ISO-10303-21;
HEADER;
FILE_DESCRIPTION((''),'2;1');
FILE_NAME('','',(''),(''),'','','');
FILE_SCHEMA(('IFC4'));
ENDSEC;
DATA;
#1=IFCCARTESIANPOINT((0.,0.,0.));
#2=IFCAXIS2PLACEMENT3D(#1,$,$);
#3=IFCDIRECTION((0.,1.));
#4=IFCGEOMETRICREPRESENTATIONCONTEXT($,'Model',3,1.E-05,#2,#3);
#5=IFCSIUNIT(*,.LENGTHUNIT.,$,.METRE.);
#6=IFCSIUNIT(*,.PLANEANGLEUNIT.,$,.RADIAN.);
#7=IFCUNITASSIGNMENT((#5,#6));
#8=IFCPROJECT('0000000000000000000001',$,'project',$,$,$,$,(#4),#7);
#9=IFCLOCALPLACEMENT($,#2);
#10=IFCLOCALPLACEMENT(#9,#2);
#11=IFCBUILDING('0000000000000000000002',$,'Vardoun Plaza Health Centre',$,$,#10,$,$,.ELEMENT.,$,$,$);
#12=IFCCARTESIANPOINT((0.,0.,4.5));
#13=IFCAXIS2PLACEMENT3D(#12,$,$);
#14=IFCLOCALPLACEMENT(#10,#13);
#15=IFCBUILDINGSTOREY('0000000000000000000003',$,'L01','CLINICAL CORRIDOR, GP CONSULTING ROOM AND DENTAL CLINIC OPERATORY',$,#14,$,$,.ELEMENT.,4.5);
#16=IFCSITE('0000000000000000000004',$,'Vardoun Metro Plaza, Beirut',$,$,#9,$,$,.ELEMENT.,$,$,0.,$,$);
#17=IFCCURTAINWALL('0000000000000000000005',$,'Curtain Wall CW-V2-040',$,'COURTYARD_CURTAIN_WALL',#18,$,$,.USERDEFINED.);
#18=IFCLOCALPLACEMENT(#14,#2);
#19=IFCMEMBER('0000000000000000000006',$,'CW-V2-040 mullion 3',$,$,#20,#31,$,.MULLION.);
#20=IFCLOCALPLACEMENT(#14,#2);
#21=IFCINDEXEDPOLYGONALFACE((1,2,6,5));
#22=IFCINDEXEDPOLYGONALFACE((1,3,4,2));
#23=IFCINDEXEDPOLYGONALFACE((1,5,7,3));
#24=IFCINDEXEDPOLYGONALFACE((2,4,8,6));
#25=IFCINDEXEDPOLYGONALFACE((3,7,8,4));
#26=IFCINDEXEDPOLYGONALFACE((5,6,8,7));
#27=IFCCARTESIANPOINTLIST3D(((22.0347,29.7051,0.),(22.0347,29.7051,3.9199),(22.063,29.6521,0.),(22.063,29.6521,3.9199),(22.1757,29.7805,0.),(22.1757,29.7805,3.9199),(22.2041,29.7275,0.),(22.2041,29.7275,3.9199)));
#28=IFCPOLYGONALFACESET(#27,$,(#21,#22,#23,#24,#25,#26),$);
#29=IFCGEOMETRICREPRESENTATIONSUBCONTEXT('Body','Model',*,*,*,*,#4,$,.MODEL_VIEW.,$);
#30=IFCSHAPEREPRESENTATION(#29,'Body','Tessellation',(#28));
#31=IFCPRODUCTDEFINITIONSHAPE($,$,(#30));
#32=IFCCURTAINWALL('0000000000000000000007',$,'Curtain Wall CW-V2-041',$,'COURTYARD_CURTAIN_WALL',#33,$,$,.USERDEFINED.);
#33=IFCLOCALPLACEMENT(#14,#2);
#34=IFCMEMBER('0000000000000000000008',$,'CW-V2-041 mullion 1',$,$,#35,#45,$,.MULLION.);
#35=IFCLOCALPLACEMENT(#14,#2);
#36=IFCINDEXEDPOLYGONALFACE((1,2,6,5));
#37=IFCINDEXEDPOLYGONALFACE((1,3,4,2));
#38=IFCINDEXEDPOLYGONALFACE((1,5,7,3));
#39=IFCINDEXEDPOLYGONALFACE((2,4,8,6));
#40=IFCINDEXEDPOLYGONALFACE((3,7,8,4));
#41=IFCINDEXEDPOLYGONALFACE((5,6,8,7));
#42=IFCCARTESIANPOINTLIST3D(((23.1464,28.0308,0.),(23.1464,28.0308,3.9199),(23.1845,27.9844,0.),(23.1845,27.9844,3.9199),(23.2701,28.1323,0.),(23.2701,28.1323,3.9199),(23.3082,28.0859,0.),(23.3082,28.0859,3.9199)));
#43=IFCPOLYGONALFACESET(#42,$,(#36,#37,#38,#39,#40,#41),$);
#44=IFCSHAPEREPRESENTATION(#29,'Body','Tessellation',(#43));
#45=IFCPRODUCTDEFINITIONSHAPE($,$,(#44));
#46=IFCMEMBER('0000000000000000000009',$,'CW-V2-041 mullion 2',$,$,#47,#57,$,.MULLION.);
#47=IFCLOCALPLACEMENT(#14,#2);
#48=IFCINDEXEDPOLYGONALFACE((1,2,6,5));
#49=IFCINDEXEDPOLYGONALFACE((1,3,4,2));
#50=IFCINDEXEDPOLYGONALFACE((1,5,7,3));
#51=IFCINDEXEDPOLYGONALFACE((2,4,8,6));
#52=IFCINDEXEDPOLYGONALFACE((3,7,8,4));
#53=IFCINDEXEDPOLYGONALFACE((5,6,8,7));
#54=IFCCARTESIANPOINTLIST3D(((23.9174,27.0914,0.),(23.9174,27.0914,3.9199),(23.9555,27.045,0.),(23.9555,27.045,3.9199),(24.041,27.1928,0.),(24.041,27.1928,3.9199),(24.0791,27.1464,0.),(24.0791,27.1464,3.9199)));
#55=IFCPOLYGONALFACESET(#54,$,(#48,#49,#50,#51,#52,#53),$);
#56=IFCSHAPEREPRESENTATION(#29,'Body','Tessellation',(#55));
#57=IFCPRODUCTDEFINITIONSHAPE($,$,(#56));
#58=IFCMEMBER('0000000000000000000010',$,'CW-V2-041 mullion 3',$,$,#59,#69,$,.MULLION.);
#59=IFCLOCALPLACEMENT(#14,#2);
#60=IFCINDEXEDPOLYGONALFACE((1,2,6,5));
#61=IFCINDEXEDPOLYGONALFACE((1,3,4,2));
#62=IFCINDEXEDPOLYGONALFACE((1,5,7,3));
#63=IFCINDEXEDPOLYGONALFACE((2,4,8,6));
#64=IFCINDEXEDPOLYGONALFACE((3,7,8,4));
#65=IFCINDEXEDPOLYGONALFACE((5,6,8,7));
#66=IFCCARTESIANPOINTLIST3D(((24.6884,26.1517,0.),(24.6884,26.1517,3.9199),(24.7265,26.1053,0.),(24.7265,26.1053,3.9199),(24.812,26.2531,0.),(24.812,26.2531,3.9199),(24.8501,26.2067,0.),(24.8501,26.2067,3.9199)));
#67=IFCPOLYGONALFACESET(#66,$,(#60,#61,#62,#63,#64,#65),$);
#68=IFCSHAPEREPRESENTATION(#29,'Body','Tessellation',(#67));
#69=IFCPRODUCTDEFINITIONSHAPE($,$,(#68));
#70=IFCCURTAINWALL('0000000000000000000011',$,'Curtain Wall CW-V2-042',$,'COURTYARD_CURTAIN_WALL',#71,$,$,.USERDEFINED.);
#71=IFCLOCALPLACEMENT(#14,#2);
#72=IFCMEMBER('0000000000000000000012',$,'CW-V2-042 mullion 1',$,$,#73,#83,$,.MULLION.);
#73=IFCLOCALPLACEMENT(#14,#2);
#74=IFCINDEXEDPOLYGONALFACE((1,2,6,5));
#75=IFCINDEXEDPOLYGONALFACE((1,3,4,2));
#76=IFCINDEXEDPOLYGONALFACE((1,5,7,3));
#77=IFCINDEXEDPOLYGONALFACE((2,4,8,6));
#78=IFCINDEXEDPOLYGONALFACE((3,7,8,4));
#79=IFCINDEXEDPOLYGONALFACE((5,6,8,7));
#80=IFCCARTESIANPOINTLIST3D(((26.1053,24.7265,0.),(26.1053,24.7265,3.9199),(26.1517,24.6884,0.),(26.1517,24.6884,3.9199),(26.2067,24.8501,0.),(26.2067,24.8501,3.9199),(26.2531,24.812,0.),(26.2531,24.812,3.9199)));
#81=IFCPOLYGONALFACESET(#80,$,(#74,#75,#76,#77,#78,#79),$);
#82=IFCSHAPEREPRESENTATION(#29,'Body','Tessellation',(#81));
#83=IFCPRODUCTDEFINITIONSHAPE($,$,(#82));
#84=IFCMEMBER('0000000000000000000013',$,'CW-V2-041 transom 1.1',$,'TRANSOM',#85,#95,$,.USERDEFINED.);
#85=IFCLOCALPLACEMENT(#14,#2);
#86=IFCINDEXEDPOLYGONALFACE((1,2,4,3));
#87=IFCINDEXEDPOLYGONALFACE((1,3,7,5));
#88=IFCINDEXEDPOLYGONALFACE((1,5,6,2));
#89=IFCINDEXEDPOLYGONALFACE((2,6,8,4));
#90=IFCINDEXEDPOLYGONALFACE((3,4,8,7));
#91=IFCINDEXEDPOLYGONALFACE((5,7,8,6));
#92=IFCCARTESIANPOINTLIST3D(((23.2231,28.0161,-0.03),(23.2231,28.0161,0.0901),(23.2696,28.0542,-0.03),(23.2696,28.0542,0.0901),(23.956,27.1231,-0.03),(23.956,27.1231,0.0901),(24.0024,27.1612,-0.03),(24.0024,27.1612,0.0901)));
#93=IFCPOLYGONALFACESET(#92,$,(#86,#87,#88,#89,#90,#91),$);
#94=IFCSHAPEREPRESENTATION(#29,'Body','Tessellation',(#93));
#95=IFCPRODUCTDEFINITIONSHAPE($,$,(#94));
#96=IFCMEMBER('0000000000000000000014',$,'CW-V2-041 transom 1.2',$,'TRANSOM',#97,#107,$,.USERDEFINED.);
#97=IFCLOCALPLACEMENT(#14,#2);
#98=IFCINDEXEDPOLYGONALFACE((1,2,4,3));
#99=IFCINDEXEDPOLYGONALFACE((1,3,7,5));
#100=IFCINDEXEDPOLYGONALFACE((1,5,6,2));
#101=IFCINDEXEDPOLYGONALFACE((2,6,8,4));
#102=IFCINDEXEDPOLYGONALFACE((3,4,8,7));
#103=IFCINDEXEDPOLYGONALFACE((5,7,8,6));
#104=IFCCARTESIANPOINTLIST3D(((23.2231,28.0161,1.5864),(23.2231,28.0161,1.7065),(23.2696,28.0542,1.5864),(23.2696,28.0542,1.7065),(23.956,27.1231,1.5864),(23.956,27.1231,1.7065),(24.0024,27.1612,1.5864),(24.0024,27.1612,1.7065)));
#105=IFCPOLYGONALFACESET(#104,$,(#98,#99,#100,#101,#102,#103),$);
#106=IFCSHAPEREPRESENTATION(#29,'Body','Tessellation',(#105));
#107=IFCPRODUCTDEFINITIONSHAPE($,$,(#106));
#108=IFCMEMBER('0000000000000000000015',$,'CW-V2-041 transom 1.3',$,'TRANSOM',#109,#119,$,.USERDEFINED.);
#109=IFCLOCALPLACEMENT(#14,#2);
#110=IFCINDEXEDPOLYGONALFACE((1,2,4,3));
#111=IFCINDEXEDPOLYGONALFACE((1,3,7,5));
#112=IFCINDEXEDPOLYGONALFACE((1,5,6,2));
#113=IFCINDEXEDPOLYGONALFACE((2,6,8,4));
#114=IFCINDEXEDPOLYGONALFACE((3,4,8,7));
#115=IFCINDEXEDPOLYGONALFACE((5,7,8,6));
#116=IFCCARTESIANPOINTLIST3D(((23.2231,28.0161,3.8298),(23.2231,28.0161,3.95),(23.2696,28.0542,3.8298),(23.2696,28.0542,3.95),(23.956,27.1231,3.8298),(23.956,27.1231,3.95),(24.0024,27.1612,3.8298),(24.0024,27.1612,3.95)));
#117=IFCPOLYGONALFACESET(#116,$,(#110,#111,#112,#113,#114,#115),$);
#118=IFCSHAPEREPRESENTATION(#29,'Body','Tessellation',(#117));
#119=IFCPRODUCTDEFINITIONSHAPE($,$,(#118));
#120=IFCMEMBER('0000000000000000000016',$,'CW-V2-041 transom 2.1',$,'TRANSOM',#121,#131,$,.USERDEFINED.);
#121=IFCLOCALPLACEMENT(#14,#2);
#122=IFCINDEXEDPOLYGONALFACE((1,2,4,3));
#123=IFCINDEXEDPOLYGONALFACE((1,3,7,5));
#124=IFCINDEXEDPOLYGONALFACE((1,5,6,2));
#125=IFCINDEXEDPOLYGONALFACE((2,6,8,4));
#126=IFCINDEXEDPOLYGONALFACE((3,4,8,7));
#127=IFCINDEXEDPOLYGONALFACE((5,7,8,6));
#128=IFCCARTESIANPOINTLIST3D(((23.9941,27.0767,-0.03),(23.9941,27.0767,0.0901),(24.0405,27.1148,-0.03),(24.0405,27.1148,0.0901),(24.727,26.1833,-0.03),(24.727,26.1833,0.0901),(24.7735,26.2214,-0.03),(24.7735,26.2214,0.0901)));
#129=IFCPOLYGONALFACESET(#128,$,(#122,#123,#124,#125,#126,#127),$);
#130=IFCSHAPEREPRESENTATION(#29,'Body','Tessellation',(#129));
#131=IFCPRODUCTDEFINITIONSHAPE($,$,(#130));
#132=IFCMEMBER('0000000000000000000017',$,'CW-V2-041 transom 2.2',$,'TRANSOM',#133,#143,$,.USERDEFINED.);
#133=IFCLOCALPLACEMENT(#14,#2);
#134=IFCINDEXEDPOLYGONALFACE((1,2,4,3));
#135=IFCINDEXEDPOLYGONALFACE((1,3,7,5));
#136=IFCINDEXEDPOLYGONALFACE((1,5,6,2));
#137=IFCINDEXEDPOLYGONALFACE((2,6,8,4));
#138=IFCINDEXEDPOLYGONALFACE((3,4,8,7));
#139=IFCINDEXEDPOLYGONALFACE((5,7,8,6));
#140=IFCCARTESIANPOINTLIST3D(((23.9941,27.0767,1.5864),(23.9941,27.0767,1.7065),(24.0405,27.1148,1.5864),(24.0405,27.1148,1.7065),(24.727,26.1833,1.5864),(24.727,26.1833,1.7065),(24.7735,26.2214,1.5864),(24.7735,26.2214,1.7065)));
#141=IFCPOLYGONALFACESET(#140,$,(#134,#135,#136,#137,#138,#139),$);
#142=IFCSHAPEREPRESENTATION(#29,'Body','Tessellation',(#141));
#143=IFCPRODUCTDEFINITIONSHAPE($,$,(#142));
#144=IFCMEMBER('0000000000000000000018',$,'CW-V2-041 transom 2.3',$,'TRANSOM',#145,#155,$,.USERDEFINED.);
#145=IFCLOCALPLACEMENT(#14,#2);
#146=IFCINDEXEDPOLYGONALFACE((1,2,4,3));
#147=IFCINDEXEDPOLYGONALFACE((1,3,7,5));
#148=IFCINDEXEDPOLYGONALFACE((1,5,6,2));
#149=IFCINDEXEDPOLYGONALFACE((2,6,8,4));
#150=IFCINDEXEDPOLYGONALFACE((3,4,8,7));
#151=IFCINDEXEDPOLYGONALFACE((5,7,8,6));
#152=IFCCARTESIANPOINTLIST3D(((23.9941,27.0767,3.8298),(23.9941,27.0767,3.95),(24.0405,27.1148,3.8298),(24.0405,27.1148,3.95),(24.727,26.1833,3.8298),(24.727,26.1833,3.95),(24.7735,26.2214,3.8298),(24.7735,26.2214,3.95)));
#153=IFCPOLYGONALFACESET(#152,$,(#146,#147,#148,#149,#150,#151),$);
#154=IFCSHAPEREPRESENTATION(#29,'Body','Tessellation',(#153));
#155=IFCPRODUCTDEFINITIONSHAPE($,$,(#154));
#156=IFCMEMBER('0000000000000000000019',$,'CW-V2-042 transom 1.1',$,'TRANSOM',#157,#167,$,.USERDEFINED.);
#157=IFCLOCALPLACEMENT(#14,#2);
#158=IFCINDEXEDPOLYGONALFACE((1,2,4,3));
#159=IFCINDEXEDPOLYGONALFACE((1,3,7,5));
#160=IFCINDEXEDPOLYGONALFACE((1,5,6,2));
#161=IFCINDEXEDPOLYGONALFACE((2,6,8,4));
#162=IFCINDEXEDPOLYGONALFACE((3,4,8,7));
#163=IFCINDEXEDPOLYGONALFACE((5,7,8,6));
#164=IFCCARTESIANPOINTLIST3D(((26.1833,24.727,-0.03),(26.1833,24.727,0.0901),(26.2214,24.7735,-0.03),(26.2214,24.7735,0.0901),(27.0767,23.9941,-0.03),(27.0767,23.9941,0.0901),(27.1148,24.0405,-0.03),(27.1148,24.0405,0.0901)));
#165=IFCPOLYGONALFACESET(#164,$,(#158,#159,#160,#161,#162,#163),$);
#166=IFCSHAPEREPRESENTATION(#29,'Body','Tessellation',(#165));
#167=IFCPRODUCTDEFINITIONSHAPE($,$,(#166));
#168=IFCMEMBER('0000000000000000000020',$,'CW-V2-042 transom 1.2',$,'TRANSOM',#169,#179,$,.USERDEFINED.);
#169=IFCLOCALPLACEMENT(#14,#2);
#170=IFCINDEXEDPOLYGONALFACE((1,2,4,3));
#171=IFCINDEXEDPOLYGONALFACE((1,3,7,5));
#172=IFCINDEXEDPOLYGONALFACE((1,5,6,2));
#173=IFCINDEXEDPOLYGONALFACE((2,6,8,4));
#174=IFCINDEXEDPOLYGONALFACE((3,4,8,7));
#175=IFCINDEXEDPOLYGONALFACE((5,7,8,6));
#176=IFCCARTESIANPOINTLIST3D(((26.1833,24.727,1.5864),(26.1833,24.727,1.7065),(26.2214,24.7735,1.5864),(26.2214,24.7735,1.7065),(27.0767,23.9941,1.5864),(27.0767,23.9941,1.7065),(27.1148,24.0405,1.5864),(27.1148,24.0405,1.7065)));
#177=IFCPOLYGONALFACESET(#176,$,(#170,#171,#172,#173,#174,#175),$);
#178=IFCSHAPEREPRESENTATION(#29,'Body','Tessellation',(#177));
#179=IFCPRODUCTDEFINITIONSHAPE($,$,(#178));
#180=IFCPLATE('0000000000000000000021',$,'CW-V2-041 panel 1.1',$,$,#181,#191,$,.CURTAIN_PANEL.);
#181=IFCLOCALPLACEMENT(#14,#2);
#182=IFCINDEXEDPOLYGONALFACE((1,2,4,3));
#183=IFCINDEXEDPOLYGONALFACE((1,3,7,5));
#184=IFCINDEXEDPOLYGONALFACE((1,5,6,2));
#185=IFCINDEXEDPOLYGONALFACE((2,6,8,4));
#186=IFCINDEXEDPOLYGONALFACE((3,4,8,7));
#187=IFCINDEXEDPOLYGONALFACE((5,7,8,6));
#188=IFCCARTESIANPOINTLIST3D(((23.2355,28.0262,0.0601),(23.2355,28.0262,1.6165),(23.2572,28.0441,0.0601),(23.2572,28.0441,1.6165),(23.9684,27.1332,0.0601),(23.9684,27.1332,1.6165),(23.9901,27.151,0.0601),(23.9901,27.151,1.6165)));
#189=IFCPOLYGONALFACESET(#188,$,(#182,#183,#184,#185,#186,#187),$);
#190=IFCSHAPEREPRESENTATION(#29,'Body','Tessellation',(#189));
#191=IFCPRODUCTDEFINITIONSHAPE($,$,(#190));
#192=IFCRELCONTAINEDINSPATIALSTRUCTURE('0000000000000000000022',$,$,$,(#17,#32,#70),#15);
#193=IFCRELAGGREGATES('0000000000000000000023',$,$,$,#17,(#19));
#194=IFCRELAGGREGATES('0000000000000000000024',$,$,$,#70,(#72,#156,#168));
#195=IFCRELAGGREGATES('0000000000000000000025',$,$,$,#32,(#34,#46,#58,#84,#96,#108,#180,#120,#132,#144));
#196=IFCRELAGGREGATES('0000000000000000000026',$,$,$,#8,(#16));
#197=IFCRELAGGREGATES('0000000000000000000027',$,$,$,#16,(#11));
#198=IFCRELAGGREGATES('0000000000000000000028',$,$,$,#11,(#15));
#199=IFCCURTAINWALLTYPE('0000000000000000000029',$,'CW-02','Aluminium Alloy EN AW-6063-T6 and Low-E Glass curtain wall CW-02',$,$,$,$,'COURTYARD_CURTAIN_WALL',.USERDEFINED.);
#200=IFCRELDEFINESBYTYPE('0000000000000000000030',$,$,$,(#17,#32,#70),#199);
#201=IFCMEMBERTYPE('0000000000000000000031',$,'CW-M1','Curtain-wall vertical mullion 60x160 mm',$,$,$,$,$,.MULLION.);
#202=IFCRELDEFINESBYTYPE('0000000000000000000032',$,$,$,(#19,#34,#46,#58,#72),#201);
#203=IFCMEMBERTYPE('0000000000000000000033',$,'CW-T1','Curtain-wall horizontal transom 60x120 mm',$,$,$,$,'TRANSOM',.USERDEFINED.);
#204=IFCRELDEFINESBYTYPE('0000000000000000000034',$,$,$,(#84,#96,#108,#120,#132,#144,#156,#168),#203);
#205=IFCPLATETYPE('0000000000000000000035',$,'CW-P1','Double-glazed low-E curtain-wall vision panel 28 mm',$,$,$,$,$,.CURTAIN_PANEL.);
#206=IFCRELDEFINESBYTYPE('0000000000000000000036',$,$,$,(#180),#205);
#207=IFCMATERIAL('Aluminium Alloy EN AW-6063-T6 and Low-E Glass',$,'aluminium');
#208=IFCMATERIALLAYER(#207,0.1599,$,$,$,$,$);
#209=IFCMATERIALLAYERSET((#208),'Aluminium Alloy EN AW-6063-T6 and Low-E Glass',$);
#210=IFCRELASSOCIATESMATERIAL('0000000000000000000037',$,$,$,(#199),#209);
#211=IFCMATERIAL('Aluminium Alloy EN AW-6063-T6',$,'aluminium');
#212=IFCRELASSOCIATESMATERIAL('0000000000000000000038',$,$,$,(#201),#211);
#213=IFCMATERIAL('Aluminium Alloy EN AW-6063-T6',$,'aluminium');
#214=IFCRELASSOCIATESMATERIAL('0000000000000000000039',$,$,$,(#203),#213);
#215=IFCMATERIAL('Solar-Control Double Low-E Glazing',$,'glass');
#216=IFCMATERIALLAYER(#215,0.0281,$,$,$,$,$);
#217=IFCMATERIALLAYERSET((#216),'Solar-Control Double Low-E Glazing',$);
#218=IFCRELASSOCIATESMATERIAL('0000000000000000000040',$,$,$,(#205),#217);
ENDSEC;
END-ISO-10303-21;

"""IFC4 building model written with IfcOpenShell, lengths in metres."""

from ifc_helpers import new_model, si_unit, direction, frame, origin, origin_2d, place, context, subcontext, project, spatial, rectangle, extrude, material, layer, layer_set, material_profile, profile_set, type_object, element, aggregate, save


model = new_model("IFC4")

# Units and contexts
model_context = context("Model", 3, precision=1e-05, world=origin(), true_north=direction((0.0, 1.0)))
body_context = subcontext(model_context, "Body", "Model", "MODEL_VIEW")
ifc_project = project(units=[si_unit("LENGTHUNIT", "METRE"), si_unit("PLANEANGLEUNIT", "RADIAN")], contexts=[model_context])

# Site, building, storey
site_placement = place(None, origin())
site = spatial("IfcSite", under=ifc_project, at=site_placement, Name="Vardoun Metro Plaza, Beirut", CompositionType="ELEMENT", RefElevation=0.0)
building_placement = place(site_placement, origin())
building = spatial("IfcBuilding", under=site, at=building_placement, Name="Vardoun Plaza Health Centre", CompositionType="ELEMENT")
storey_placement = place(building_placement, frame((0.0, 0.0, 4.5)))
storey = spatial("IfcBuildingStorey", under=building, at=storey_placement, Name="L01", Description="CLINICAL CORRIDOR, GP CONSULTING ROOM AND DENTAL CLINIC OPERATORY", CompositionType="ELEMENT", Elevation=4.5)

# Curtain wall, member
ifc_material_1 = material(Name="Aluminium Alloy EN AW-6063-T6 and Low-E Glass", Category="aluminium")
ifc_layer_1 = layer(ifc_material_1, 0.1599)
ifc_layer_set_1 = layer_set([ifc_layer_1], Name="Aluminium Alloy EN AW-6063-T6 and Low-E Glass")
curtain_wall_type = type_object("IfcCurtainWallType", Name="CW-02", Description="Aluminium Alloy EN AW-6063-T6 and Low-E Glass curtain wall CW-02", ElementType="COURTYARD_CURTAIN_WALL", PredefinedType="USERDEFINED", material=ifc_layer_set_1)
curtain_wall_1_placement = place(storey_placement, origin())
curtain_wall_1 = element("IfcCurtainWall", 1, at=curtain_wall_1_placement, inside=storey, type_object=curtain_wall_type, Name="Curtain Wall CW-V2-040", ObjectType="COURTYARD_CURTAIN_WALL", PredefinedType="USERDEFINED")
ifc_material_2 = material(Name="Aluminium Alloy EN AW-6063-T6", Category="aluminium")
ifc_material_profile_1 = material_profile(ifc_material_2, rectangle(XDim=0.1599, YDim=0.0601, at=origin_2d()), Name="CWM 60x160")
ifc_profile_set_1 = profile_set([ifc_material_profile_1], Name="Aluminium Alloy EN AW-6063-T6")
member_type_1 = type_object("IfcMemberType", Name="CW-M1", Description="Curtain-wall vertical mullion 60x160 mm", PredefinedType="MULLION", material=ifc_profile_set_1)
member_1_placement = place(storey_placement, frame((22.1194, 29.7163, 0.0), z_axis=(0.0, 0.0, 1.0), x_axis=(0.881922, 0.471395, 0.0)))
member_1 = element("IfcMember", 2, at=member_1_placement, type_object=member_type_1, Name="CW-V2-040 mullion 3", PredefinedType="MULLION", context=body_context, shape_type="SweptSolid", body=[
    extrude(rectangle(XDim=0.1599, YDim=0.0601, at=origin_2d()), origin(), (0.0, 0.0, 1.0), 3.9199),
])
aggregate(curtain_wall_1, [member_1])

# Curtain wall, members
curtain_wall_2_placement = place(storey_placement, origin())
curtain_wall_2 = element("IfcCurtainWall", 3, at=curtain_wall_2_placement, inside=storey, type_object=curtain_wall_type, Name="Curtain Wall CW-V2-041", ObjectType="COURTYARD_CURTAIN_WALL", PredefinedType="USERDEFINED")
member_2_placement = place(storey_placement, frame((23.2273, 28.0583, 0.0), z_axis=(0.0, 0.0, 1.0), x_axis=(0.773017, 0.634385, 0.0)))
member_2 = element("IfcMember", 4, at=member_2_placement, type_object=member_type_1, Name="CW-V2-041 mullion 1", PredefinedType="MULLION", context=body_context, shape_type="SweptSolid", body=[
    extrude(rectangle(XDim=0.1599, YDim=0.0601, at=origin_2d()), origin(), (0.0, 0.0, 1.0), 3.9199),
])
member_3_placement = place(storey_placement, frame((23.9983, 27.1189, 0.0), z_axis=(0.0, 0.0, 1.0), x_axis=(0.773017, 0.634385, 0.0)))
member_3 = element("IfcMember", 5, at=member_3_placement, type_object=member_type_1, Name="CW-V2-041 mullion 2", PredefinedType="MULLION", context=body_context, shape_type="SweptSolid", body=[
    extrude(rectangle(XDim=0.1599, YDim=0.0601, at=origin_2d()), origin(), (0.0, 0.0, 1.0), 3.9199),
])
member_4_placement = place(storey_placement, frame((24.7693, 26.1792, 0.0), z_axis=(0.0, 0.0, 1.0), x_axis=(0.773017, 0.634385, 0.0)))
member_4 = element("IfcMember", 6, at=member_4_placement, type_object=member_type_1, Name="CW-V2-041 mullion 3", PredefinedType="MULLION", context=body_context, shape_type="SweptSolid", body=[
    extrude(rectangle(XDim=0.1599, YDim=0.0601, at=origin_2d()), origin(), (0.0, 0.0, 1.0), 3.9199),
])

# Curtain wall, member
curtain_wall_3_placement = place(storey_placement, origin())
curtain_wall_3 = element("IfcCurtainWall", 7, at=curtain_wall_3_placement, inside=storey, type_object=curtain_wall_type, Name="Curtain Wall CW-V2-042", ObjectType="COURTYARD_CURTAIN_WALL", PredefinedType="USERDEFINED")
member_5_placement = place(storey_placement, frame((26.1792, 24.7693, 0.0), z_axis=(0.0, 0.0, 1.0), x_axis=(0.634385, 0.773017, 0.0)))
member_5 = element("IfcMember", 8, at=member_5_placement, type_object=member_type_1, Name="CW-V2-042 mullion 1", PredefinedType="MULLION", context=body_context, shape_type="SweptSolid", body=[
    extrude(rectangle(XDim=0.1599, YDim=0.0601, at=origin_2d()), origin(), (0.0, 0.0, 1.0), 3.9199),
])

# Members
ifc_material_3 = material(Name="Aluminium Alloy EN AW-6063-T6", Category="aluminium")
ifc_material_profile_2 = material_profile(ifc_material_3, rectangle(XDim=0.0601, YDim=0.1201, at=origin_2d()), Name="CWT 60x120")
ifc_profile_set_2 = profile_set([ifc_material_profile_2], Name="Aluminium Alloy EN AW-6063-T6")
member_type_2 = type_object("IfcMemberType", Name="CW-T1", Description="Curtain-wall horizontal transom 60x120 mm", ElementType="TRANSOM", PredefinedType="USERDEFINED", material=ifc_profile_set_2)
member_6_placement = place(storey_placement, frame((23.2463, 28.0352, 0.03), z_axis=(0.634388, -0.773015, 0.0), x_axis=(0.773015, 0.634388, 0.0)))
member_6 = element("IfcMember", 9, at=member_6_placement, type_object=member_type_2, Name="CW-V2-041 transom 1.1", ObjectType="TRANSOM", PredefinedType="USERDEFINED", context=body_context, shape_type="SweptSolid", body=[
    extrude(rectangle(XDim=0.0601, YDim=0.1201, at=origin_2d()), origin(), (0.0, 0.0, 1.0), 1.1553),
])
member_7_placement = place(storey_placement, frame((23.2463, 28.0352, 1.6465), z_axis=(0.634388, -0.773015, 0.0), x_axis=(0.773015, 0.634388, 0.0)))
member_7 = element("IfcMember", 10, at=member_7_placement, type_object=member_type_2, Name="CW-V2-041 transom 1.2", ObjectType="TRANSOM", PredefinedType="USERDEFINED", context=body_context, shape_type="SweptSolid", body=[
    extrude(rectangle(XDim=0.0601, YDim=0.1201, at=origin_2d()), origin(), (0.0, 0.0, 1.0), 1.1553),
])
member_8_placement = place(storey_placement, frame((23.2463, 28.0352, 3.8899), z_axis=(0.634388, -0.773015, 0.0), x_axis=(0.773015, 0.634388, 0.0)))
member_8 = element("IfcMember", 11, at=member_8_placement, type_object=member_type_2, Name="CW-V2-041 transom 1.3", ObjectType="TRANSOM", PredefinedType="USERDEFINED", context=body_context, shape_type="SweptSolid", body=[
    extrude(rectangle(XDim=0.0601, YDim=0.1201, at=origin_2d()), origin(), (0.0, 0.0, 1.0), 1.1553),
])
member_9_placement = place(storey_placement, frame((24.0173, 27.0957, 0.03), z_axis=(0.634284, -0.7731, 0.0), x_axis=(0.7731, 0.634284, 0.0)))
member_9 = element("IfcMember", 12, at=member_9_placement, type_object=member_type_2, Name="CW-V2-041 transom 2.1", ObjectType="TRANSOM", PredefinedType="USERDEFINED", context=body_context, shape_type="SweptSolid", body=[
    extrude(rectangle(XDim=0.0601, YDim=0.1201, at=origin_2d()), origin(), (0.0, 0.0, 1.0), 1.1555),
])
member_10_placement = place(storey_placement, frame((24.0173, 27.0957, 1.6465), z_axis=(0.634284, -0.7731, 0.0), x_axis=(0.7731, 0.634284, 0.0)))
member_10 = element("IfcMember", 13, at=member_10_placement, type_object=member_type_2, Name="CW-V2-041 transom 2.2", ObjectType="TRANSOM", PredefinedType="USERDEFINED", context=body_context, shape_type="SweptSolid", body=[
    extrude(rectangle(XDim=0.0601, YDim=0.1201, at=origin_2d()), origin(), (0.0, 0.0, 1.0), 1.1555),
])
member_11_placement = place(storey_placement, frame((24.0173, 27.0957, 3.8899), z_axis=(0.634284, -0.7731, 0.0), x_axis=(0.7731, 0.634284, 0.0)))
member_11 = element("IfcMember", 14, at=member_11_placement, type_object=member_type_2, Name="CW-V2-041 transom 2.3", ObjectType="TRANSOM", PredefinedType="USERDEFINED", context=body_context, shape_type="SweptSolid", body=[
    extrude(rectangle(XDim=0.0601, YDim=0.1201, at=origin_2d()), origin(), (0.0, 0.0, 1.0), 1.1555),
])
member_12_placement = place(storey_placement, frame((26.2024, 24.7502, 0.03), z_axis=(0.7731, -0.634284, 0.0), x_axis=(0.634284, 0.7731, 0.0)))
member_12 = element("IfcMember", 15, at=member_12_placement, type_object=member_type_2, Name="CW-V2-042 transom 1.1", ObjectType="TRANSOM", PredefinedType="USERDEFINED", context=body_context, shape_type="SweptSolid", body=[
    extrude(rectangle(XDim=0.0601, YDim=0.1201, at=origin_2d()), origin(), (0.0, 0.0, 1.0), 1.1555),
])
member_13_placement = place(storey_placement, frame((26.2024, 24.7502, 1.6465), z_axis=(0.7731, -0.634284, 0.0), x_axis=(0.634284, 0.7731, 0.0)))
member_13 = element("IfcMember", 16, at=member_13_placement, type_object=member_type_2, Name="CW-V2-042 transom 1.2", ObjectType="TRANSOM", PredefinedType="USERDEFINED", context=body_context, shape_type="SweptSolid", body=[
    extrude(rectangle(XDim=0.0601, YDim=0.1201, at=origin_2d()), origin(), (0.0, 0.0, 1.0), 1.1555),
])
aggregate(curtain_wall_3, [member_5, member_12, member_13])

# Plate
ifc_material_4 = material(Name="Solar-Control Double Low-E Glazing", Category="glass")
ifc_layer_2 = layer(ifc_material_4, 0.0281)
ifc_layer_set_2 = layer_set([ifc_layer_2], Name="Solar-Control Double Low-E Glazing")
plate_type = type_object("IfcPlateType", Name="CW-P1", Description="Double-glazed low-E curtain-wall vision panel 28 mm", PredefinedType="CURTAIN_PANEL", material=ifc_layer_set_2)
plate_1_placement = place(storey_placement, frame((23.6128, 27.5886, 0.0601), z_axis=(0.0, 0.0, 1.0), x_axis=(0.634385, -0.773017, 0.0)))
plate_1 = element("IfcPlate", 17, at=plate_1_placement, type_object=plate_type, Name="CW-V2-041 panel 1.1", PredefinedType="CURTAIN_PANEL", context=body_context, shape_type="SweptSolid", body=[
    extrude(rectangle(XDim=1.1553, YDim=0.0281, at=origin_2d()), origin(), (0.0, 0.0, 1.0), 1.5564),
])
aggregate(curtain_wall_2, [member_2, member_3, member_4, member_6, member_7, member_8, plate_1, member_9, member_10, member_11])

save(model, "model.ifc")
